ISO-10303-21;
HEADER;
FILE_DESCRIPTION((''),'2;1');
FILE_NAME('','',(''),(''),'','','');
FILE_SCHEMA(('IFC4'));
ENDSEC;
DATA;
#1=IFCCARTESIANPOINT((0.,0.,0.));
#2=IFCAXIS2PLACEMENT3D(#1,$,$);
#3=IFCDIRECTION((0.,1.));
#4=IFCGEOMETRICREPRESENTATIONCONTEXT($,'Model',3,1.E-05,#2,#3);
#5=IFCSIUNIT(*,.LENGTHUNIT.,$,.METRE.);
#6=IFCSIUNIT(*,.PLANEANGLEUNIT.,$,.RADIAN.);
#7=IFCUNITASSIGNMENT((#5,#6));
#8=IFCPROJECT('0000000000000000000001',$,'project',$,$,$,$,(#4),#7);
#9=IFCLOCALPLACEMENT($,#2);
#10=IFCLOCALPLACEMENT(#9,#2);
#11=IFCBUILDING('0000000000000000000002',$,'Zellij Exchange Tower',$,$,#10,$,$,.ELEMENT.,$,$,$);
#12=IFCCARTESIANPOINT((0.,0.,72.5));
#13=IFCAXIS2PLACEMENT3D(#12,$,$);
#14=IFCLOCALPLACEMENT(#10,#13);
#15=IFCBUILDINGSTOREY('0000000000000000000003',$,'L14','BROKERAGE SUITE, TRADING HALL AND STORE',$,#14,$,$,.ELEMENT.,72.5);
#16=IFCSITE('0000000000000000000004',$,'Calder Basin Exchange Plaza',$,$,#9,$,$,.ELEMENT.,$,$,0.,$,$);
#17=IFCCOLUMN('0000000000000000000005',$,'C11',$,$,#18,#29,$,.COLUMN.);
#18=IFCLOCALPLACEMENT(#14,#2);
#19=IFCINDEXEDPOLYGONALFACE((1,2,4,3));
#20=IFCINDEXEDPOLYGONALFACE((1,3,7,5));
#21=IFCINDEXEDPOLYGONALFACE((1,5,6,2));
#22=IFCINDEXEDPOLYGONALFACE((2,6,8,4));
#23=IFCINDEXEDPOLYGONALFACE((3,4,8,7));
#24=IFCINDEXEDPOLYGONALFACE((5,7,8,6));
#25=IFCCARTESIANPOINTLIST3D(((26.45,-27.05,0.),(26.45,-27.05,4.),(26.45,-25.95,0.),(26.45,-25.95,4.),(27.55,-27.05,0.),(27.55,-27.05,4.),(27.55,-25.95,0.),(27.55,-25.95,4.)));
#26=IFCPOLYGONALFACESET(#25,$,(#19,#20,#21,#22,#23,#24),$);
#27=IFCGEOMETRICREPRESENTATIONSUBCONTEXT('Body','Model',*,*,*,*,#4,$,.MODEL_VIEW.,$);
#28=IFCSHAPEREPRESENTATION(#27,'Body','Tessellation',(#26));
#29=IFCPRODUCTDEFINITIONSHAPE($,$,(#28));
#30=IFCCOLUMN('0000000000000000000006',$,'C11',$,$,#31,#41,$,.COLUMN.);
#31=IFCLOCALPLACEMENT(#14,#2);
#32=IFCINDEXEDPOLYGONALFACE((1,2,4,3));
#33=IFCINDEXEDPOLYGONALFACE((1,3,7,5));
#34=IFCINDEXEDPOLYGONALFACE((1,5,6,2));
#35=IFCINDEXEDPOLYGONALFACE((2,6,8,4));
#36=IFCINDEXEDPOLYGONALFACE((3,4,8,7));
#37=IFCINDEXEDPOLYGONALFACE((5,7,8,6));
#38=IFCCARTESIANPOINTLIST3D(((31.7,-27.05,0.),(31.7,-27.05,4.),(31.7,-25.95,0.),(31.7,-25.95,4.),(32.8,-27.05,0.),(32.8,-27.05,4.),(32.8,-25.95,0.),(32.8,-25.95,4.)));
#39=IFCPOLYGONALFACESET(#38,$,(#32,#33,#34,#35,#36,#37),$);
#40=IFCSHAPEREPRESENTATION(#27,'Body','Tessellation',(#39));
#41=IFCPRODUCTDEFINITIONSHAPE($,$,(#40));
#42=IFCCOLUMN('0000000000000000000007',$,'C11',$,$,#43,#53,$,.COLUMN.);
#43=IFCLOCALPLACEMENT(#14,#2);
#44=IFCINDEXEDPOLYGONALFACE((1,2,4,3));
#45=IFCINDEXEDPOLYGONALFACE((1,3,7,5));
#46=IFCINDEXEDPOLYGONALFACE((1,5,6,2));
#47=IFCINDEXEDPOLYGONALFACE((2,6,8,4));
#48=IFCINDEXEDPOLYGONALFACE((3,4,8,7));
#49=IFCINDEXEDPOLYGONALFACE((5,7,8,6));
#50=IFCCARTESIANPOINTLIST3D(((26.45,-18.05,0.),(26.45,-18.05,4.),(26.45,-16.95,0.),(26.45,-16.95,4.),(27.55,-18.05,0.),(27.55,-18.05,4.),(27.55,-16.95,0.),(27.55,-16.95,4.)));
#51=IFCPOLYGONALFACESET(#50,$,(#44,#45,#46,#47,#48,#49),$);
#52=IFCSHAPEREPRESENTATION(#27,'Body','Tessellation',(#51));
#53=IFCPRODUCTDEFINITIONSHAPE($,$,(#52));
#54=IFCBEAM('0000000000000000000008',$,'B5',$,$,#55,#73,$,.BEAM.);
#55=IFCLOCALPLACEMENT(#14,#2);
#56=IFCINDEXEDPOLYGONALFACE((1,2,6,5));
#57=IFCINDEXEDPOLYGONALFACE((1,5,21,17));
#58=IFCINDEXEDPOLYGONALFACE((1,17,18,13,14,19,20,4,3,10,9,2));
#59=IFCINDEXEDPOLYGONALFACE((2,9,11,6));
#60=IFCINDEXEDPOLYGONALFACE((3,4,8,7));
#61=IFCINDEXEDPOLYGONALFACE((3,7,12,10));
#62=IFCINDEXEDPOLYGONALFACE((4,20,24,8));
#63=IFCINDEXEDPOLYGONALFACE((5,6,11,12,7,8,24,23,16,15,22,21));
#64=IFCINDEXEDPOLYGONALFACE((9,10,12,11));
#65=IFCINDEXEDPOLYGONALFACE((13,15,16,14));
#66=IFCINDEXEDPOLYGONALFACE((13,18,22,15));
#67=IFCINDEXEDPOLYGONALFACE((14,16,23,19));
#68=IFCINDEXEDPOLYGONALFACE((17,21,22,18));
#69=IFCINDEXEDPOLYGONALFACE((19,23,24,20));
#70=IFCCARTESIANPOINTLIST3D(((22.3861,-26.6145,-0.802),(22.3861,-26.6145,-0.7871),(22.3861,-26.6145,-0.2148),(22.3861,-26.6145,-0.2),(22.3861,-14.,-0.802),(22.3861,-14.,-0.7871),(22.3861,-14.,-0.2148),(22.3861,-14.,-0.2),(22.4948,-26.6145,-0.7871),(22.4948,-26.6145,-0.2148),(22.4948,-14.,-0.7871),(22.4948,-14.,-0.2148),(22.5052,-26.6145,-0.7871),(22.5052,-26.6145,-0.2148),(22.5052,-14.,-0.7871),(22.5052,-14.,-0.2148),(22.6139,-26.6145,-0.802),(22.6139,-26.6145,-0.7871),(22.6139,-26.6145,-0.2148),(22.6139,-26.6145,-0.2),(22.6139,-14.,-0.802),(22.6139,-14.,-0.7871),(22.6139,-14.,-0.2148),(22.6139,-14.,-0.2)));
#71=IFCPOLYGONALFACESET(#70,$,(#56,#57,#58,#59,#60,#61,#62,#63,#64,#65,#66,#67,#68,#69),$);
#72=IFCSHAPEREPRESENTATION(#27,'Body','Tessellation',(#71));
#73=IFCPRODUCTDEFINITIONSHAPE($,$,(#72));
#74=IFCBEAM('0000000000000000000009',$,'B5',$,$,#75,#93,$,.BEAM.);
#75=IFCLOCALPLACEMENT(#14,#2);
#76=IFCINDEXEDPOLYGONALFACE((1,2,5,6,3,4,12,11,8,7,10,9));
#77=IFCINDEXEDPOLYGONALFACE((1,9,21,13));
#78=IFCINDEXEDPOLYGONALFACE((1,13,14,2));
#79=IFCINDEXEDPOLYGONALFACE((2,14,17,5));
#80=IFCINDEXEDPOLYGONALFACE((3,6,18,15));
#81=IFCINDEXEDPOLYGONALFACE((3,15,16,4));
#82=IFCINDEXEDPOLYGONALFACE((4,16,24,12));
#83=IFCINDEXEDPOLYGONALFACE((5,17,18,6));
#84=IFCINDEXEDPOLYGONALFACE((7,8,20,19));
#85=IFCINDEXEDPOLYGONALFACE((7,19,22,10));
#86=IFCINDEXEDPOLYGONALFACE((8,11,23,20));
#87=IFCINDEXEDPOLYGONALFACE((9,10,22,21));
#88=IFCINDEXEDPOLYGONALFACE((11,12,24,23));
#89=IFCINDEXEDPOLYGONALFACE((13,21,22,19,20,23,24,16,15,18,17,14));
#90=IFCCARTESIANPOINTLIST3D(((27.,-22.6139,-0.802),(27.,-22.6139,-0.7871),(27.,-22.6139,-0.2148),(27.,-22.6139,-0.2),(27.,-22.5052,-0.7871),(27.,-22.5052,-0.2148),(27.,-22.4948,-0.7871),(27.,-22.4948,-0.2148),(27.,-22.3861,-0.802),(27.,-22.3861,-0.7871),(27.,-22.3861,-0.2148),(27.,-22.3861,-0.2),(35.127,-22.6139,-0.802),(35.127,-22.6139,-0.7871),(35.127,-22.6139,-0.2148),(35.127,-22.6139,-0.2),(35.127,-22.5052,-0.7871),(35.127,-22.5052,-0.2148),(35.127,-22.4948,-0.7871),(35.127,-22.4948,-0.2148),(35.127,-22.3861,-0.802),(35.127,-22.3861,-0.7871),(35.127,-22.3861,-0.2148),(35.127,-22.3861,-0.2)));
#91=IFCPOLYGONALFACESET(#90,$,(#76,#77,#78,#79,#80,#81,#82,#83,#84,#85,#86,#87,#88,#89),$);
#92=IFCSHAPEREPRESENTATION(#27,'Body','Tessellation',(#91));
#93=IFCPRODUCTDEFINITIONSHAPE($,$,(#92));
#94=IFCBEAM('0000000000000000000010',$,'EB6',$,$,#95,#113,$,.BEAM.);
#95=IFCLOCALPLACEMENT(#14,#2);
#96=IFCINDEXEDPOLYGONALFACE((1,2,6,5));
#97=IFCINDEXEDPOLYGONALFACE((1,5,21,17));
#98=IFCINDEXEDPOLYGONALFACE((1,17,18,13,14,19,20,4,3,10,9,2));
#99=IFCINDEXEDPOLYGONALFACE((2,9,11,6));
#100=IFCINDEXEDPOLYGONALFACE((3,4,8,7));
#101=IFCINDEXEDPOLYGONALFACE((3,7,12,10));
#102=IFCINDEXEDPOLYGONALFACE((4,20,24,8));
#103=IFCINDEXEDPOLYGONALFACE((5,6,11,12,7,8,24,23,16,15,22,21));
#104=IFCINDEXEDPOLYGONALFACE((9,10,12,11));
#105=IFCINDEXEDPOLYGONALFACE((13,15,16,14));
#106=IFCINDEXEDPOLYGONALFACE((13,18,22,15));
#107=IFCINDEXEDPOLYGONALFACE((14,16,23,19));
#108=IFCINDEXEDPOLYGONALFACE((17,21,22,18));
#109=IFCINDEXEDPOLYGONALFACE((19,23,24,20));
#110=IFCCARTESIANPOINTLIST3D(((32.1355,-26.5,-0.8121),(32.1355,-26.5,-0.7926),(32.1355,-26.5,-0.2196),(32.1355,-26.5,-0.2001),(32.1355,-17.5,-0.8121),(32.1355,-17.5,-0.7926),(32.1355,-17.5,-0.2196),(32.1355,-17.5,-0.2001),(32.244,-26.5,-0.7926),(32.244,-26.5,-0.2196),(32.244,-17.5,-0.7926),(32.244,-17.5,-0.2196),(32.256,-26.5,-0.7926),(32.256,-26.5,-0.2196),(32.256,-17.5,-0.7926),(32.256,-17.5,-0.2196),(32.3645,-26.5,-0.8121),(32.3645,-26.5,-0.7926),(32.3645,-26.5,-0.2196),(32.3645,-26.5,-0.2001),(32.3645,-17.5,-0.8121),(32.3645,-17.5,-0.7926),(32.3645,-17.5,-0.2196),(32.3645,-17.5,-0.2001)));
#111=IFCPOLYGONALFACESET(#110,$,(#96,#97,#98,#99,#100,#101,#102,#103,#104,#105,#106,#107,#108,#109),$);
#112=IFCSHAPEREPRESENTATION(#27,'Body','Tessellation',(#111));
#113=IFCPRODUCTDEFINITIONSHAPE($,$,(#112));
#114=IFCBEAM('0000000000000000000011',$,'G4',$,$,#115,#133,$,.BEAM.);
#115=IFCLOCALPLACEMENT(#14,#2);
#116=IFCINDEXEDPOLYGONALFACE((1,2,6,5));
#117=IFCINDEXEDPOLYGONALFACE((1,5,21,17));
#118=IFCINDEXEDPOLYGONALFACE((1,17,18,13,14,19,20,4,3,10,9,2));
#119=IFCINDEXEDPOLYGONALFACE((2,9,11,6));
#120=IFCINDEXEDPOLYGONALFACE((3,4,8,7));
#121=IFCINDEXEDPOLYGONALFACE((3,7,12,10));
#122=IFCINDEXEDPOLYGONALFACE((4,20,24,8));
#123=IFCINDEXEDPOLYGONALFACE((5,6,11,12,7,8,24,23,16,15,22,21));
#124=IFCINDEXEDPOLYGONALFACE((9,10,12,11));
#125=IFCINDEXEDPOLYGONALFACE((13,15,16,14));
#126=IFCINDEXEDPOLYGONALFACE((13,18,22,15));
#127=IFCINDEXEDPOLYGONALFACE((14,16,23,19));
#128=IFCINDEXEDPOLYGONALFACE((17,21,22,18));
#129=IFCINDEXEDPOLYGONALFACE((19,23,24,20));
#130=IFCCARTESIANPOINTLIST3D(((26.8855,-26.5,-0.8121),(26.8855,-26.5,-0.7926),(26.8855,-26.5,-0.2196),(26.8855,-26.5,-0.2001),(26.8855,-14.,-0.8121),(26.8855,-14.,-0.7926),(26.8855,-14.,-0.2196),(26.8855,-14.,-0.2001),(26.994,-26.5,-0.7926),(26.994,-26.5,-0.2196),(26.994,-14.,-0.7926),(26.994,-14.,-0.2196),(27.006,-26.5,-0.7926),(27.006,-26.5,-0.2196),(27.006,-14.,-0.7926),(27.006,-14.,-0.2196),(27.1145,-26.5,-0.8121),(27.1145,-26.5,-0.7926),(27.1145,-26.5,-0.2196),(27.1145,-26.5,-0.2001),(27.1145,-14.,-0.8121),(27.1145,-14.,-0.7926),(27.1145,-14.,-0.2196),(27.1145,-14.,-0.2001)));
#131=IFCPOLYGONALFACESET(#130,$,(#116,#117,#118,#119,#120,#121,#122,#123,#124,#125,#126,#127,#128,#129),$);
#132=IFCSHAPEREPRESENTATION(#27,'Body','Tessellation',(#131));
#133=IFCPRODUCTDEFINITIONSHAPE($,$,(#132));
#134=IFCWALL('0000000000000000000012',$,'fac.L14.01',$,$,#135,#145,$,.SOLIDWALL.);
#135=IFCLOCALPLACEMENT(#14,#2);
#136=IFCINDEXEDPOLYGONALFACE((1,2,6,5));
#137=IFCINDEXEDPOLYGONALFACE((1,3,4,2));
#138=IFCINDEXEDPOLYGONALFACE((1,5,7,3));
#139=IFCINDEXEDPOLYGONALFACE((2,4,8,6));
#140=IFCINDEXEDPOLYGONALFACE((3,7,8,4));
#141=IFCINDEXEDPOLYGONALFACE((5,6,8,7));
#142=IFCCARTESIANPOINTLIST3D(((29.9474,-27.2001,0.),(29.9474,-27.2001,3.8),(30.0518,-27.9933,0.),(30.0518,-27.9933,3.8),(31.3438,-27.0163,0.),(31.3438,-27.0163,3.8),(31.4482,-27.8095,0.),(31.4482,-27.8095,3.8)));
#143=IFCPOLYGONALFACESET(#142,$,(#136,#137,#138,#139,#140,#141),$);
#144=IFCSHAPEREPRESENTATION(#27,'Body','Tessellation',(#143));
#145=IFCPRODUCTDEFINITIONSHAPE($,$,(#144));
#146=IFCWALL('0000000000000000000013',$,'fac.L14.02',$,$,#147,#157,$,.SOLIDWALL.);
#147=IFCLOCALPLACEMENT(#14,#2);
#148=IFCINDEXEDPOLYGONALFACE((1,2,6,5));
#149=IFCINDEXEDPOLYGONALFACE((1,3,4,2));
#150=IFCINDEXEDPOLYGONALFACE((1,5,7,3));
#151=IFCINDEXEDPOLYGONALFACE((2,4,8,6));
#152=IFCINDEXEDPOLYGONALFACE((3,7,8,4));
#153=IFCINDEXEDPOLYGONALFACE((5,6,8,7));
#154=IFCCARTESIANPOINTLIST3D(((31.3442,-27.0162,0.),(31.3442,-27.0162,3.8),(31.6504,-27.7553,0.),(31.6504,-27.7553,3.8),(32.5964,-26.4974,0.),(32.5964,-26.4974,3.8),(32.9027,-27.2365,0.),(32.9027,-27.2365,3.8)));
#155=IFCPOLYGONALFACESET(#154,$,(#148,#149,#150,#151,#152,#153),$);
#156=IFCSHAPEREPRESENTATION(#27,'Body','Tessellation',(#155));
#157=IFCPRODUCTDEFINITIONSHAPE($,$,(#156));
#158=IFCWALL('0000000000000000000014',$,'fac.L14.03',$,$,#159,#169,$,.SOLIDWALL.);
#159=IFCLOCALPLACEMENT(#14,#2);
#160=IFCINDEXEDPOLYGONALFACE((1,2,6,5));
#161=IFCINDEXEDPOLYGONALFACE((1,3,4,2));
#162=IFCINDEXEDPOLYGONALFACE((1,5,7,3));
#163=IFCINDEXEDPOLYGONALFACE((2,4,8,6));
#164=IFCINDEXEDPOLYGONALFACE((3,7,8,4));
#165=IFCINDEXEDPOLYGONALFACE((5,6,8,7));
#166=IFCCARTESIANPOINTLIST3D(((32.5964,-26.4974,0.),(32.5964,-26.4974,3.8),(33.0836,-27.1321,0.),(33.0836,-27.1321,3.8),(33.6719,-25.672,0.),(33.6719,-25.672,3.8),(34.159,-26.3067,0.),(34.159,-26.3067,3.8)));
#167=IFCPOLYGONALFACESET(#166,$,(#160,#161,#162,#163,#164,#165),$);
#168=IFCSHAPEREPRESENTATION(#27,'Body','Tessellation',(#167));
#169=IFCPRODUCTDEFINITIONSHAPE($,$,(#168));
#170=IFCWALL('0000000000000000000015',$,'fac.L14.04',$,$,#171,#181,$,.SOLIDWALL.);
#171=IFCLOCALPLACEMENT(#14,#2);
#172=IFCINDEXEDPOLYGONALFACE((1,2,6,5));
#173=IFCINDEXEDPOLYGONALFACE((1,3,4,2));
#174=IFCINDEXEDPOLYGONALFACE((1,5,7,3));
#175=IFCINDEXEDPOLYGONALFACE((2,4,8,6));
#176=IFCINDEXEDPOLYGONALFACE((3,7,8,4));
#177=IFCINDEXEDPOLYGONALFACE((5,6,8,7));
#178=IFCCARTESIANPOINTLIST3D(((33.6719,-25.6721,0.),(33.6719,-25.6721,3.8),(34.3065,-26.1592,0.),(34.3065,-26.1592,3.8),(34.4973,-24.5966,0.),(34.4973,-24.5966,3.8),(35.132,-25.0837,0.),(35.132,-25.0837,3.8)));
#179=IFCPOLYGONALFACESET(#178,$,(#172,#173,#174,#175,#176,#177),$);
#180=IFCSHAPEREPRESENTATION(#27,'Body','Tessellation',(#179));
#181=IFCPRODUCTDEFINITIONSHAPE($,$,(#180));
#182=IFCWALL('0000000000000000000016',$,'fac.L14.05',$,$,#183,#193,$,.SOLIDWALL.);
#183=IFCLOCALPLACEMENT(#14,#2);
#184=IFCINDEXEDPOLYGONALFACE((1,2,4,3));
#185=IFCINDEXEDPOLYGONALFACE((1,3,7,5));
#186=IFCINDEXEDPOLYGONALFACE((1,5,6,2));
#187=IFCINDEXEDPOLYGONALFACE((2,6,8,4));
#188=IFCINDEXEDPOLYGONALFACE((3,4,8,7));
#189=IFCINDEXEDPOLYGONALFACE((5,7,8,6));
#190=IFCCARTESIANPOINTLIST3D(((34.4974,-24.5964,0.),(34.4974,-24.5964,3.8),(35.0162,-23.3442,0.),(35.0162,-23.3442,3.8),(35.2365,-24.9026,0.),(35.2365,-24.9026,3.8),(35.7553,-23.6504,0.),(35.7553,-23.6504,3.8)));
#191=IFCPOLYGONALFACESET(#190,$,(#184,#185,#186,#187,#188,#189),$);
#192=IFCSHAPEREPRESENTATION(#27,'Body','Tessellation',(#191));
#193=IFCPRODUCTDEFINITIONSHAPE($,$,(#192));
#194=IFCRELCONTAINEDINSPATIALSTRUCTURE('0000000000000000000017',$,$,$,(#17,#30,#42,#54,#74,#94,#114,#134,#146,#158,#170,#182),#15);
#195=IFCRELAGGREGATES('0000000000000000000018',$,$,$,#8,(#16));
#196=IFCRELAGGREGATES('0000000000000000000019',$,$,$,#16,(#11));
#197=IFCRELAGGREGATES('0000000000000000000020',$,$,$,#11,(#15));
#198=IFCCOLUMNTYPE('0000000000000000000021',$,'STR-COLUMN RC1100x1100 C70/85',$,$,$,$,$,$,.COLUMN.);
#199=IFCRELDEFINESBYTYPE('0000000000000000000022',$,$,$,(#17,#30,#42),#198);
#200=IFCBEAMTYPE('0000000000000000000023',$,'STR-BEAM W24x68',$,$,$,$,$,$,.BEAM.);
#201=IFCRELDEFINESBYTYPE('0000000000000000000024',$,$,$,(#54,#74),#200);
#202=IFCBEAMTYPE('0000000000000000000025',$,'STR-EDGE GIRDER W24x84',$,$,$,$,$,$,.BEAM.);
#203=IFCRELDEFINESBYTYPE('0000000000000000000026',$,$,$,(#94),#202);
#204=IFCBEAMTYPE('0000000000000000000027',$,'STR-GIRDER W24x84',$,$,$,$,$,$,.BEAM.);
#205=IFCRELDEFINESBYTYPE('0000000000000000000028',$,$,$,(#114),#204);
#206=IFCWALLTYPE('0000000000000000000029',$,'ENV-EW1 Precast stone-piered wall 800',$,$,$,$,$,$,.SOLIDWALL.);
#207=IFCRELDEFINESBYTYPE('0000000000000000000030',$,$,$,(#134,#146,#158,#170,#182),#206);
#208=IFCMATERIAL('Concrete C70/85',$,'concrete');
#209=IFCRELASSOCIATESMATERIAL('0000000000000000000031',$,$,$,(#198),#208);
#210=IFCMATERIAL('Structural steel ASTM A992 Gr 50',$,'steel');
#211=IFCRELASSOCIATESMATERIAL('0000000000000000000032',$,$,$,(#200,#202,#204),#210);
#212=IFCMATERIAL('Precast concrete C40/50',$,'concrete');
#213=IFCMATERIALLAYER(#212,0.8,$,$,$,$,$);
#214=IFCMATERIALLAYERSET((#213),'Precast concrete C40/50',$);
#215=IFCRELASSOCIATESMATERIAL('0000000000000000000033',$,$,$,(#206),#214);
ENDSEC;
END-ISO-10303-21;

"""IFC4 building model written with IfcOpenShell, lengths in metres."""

from ifc_helpers import new_model, si_unit, direction, frame, frame_2d, origin, origin_2d, place, context, subcontext, project, spatial, rectangle, i_section, extrude, material, layer, layer_set, material_profile, profile_set, type_object, element, save


model = new_model("IFC4")

# Units and contexts
model_context = context("Model", 3, precision=1e-05, world=origin(), true_north=direction((0.0, 1.0)))
body_context = subcontext(model_context, "Body", "Model", "MODEL_VIEW")
ifc_project = project(units=[si_unit("LENGTHUNIT", "METRE"), si_unit("PLANEANGLEUNIT", "RADIAN")], contexts=[model_context])

# Site, building, storey
site_placement = place(None, origin())
site = spatial("IfcSite", under=ifc_project, at=site_placement, Name="Calder Basin Exchange Plaza", CompositionType="ELEMENT", RefElevation=0.0)
building_placement = place(site_placement, origin())
building = spatial("IfcBuilding", under=site, at=building_placement, Name="Zellij Exchange Tower", CompositionType="ELEMENT")
storey_placement = place(building_placement, frame((0.0, 0.0, 72.5)))
storey = spatial("IfcBuildingStorey", under=building, at=storey_placement, Name="L14", Description="BROKERAGE SUITE, TRADING HALL AND STORE", CompositionType="ELEMENT", Elevation=72.5)

# Columns
ifc_material_1 = material(Name="Concrete C70/85", Category="concrete")
ifc_material_profile_1 = material_profile(ifc_material_1, rectangle(XDim=1.1001, YDim=1.1001, at=origin_2d()), Name="STR-COLUMN RC1100x1100 C70/85")
ifc_profile_set_1 = profile_set([ifc_material_profile_1], Name="Concrete C70/85")
column_type = type_object("IfcColumnType", Name="STR-COLUMN RC1100x1100 C70/85", PredefinedType="COLUMN", material=ifc_profile_set_1)
for number, where, z_axis, x_axis, name in (
    (1, (27.0, -26.5, 0.0), (0.0, 0.0, 1.0), (1.0, 0.0, 0.0), "C11"),
    (2, (32.25, -26.5, 0.0), (0.0, 0.0, 1.0), (1.0, 0.0, 0.0), "C11"),
    (3, (27.0, -17.5, 0.0), (0.0, 0.0, 1.0), (1.0, 0.0, 0.0), "C11"),
):
    element("IfcColumn", number, at=place(storey_placement, frame(where, z_axis=z_axis, x_axis=x_axis)), inside=storey, type_object=column_type, Name=name, PredefinedType="COLUMN", context=body_context, shape_type="SweptSolid", body=[
        extrude(rectangle(XDim=1.1001, YDim=1.1001, at=origin_2d()), origin(), (0.0, 0.0, 1.0), 4.0),
    ])

# Beams
ifc_material_2 = material(Name="Structural steel ASTM A992 Gr 50", Category="steel")
ifc_material_profile_2 = material_profile(ifc_material_2, i_section(OverallWidth=0.2278, OverallDepth=0.6021, WebThickness=0.0105, FlangeThickness=0.0149, at=origin_2d()), Name="W24x68")
ifc_profile_set_2 = profile_set([ifc_material_profile_2], Name="Structural steel ASTM A992 Gr 50")
beam_type_1 = type_object("IfcBeamType", Name="STR-BEAM W24x68", PredefinedType="BEAM", material=ifc_profile_set_2)
beam_1_placement = place(storey_placement, frame((22.5, -26.6145, -0.501), z_axis=(0.0, 1.0, 0.0), x_axis=(-1.0, 0.0, 0.0)))
element("IfcBeam", 4, at=beam_1_placement, inside=storey, type_object=beam_type_1, Name="B5", PredefinedType="BEAM", context=body_context, shape_type="SweptSolid", body=[
    extrude(i_section(OverallWidth=0.2278, OverallDepth=0.6021, WebThickness=0.0105, FlangeThickness=0.0149, at=origin_2d()), origin(), (0.0, 0.0, 1.0), 12.6145),
])
beam_2_placement = place(storey_placement, frame((27.0, -22.5, -0.501), z_axis=(1.0, 0.0, 0.0), x_axis=(0.0, 1.0, 0.0)))
element("IfcBeam", 5, at=beam_2_placement, inside=storey, type_object=beam_type_1, Name="B5", PredefinedType="BEAM", context=body_context, shape_type="SweptSolid", body=[
    extrude(i_section(OverallWidth=0.2278, OverallDepth=0.6021, WebThickness=0.0105, FlangeThickness=0.0149, at=origin_2d()), origin(), (0.0, 0.0, 1.0), 8.127),
])
ifc_material_profile_3 = material_profile(ifc_material_2, i_section(OverallWidth=0.229, OverallDepth=0.6121, WebThickness=0.012, FlangeThickness=0.0195, at=origin_2d()), Name="W24x84")
ifc_profile_set_3 = profile_set([ifc_material_profile_3], Name="Structural steel ASTM A992 Gr 50")
beam_type_2 = type_object("IfcBeamType", Name="STR-EDGE GIRDER W24x84", PredefinedType="BEAM", material=ifc_profile_set_3)
beam_3_placement = place(storey_placement, frame((32.25, -26.5, -0.5061), z_axis=(0.0, 1.0, 0.0), x_axis=(-1.0, 0.0, 0.0)))
element("IfcBeam", 6, at=beam_3_placement, inside=storey, type_object=beam_type_2, Name="EB6", PredefinedType="BEAM", context=body_context, shape_type="SweptSolid", body=[
    extrude(i_section(OverallWidth=0.229, OverallDepth=0.6121, WebThickness=0.012, FlangeThickness=0.0195, at=origin_2d()), origin(), (0.0, 0.0, 1.0), 9.0),
])
ifc_material_profile_4 = material_profile(ifc_material_2, i_section(OverallWidth=0.229, OverallDepth=0.6121, WebThickness=0.012, FlangeThickness=0.0195, at=origin_2d()), Name="W24x84")
ifc_profile_set_4 = profile_set([ifc_material_profile_4], Name="Structural steel ASTM A992 Gr 50")
beam_type_3 = type_object("IfcBeamType", Name="STR-GIRDER W24x84", PredefinedType="BEAM", material=ifc_profile_set_4)
beam_4_placement = place(storey_placement, frame((27.0, -26.5, -0.5061), z_axis=(0.0, 1.0, 0.0), x_axis=(-1.0, 0.0, 0.0)))
element("IfcBeam", 7, at=beam_4_placement, inside=storey, type_object=beam_type_3, Name="G4", PredefinedType="BEAM", context=body_context, shape_type="SweptSolid", body=[
    extrude(i_section(OverallWidth=0.229, OverallDepth=0.6121, WebThickness=0.012, FlangeThickness=0.0195, at=origin_2d()), origin(), (0.0, 0.0, 1.0), 12.5),
])

# Walls
ifc_material_3 = material(Name="Precast concrete C40/50", Category="concrete")
ifc_layer_1 = layer(ifc_material_3, 0.8)
ifc_layer_set_1 = layer_set([ifc_layer_1], Name="Precast concrete C40/50")
wall_type_1 = type_object("IfcWallType", Name="ENV-EW1 Precast stone-piered wall 800", PredefinedType="SOLIDWALL", material=ifc_layer_set_1)
wall_1_placement = place(storey_placement, frame((29.9998, -27.5967, 0.0), z_axis=(0.0, 0.0, 1.0), x_axis=(0.991446, 0.130517, 0.0)))
element("IfcWall", 8, at=wall_1_placement, inside=storey, type_object=wall_type_1, Name="fac.L14.01", PredefinedType="SOLIDWALL", context=body_context, shape_type="SweptSolid", body=[
    extrude(rectangle(XDim=1.4084, YDim=0.8, at=frame_2d((0.7041, 0.0))), origin(), (0.0, 0.0, 1.0), 3.8),
])
wall_2_placement = place(storey_placement, frame((31.4973, -27.3857, 0.0), z_axis=(0.0, 0.0, 1.0), x_axis=(0.923848, 0.38276, 0.0)))
element("IfcWall", 9, at=wall_2_placement, inside=storey, type_object=wall_type_1, Name="fac.L14.02", PredefinedType="SOLIDWALL", context=body_context, shape_type="SweptSolid", body=[
    extrude(rectangle(XDim=1.3555, YDim=0.8, at=frame_2d((0.6777, 0.0))), origin(), (0.0, 0.0, 1.0), 3.8),
])
for number, where, z_axis, x_axis, name in (
    (10, (32.8401, -26.8147, 0.0), (0.0, 0.0, 1.0), (0.793273, 0.608866, 0.0), "fac.L14.03"),
    (11, (33.9893, -25.9155, 0.0), (0.0, 0.0, 1.0), (0.608866, 0.793273, 0.0), "fac.L14.04"),
):
    element("IfcWall", number, at=place(storey_placement, frame(where, z_axis=z_axis, x_axis=x_axis)), inside=storey, type_object=wall_type_1, Name=name, PredefinedType="SOLIDWALL", context=body_context, shape_type="SweptSolid", body=[
        extrude(rectangle(XDim=1.3557, YDim=0.8, at=frame_2d((0.6777, 0.0))), origin(), (0.0, 0.0, 1.0), 3.8),
    ])
wall_3_placement = place(storey_placement, frame((34.8669, -24.7495, 0.0), z_axis=(0.0, 0.0, 1.0), x_axis=(0.38276, 0.923848, 0.0)))
element("IfcWall", 12, at=wall_3_placement, inside=storey, type_object=wall_type_1, Name="fac.L14.05", PredefinedType="SOLIDWALL", context=body_context, shape_type="SweptSolid", body=[
    extrude(rectangle(XDim=1.3555, YDim=0.8, at=frame_2d((0.6777, 0.0))), origin(), (0.0, 0.0, 1.0), 3.8),
])

save(model, "model.ifc")
